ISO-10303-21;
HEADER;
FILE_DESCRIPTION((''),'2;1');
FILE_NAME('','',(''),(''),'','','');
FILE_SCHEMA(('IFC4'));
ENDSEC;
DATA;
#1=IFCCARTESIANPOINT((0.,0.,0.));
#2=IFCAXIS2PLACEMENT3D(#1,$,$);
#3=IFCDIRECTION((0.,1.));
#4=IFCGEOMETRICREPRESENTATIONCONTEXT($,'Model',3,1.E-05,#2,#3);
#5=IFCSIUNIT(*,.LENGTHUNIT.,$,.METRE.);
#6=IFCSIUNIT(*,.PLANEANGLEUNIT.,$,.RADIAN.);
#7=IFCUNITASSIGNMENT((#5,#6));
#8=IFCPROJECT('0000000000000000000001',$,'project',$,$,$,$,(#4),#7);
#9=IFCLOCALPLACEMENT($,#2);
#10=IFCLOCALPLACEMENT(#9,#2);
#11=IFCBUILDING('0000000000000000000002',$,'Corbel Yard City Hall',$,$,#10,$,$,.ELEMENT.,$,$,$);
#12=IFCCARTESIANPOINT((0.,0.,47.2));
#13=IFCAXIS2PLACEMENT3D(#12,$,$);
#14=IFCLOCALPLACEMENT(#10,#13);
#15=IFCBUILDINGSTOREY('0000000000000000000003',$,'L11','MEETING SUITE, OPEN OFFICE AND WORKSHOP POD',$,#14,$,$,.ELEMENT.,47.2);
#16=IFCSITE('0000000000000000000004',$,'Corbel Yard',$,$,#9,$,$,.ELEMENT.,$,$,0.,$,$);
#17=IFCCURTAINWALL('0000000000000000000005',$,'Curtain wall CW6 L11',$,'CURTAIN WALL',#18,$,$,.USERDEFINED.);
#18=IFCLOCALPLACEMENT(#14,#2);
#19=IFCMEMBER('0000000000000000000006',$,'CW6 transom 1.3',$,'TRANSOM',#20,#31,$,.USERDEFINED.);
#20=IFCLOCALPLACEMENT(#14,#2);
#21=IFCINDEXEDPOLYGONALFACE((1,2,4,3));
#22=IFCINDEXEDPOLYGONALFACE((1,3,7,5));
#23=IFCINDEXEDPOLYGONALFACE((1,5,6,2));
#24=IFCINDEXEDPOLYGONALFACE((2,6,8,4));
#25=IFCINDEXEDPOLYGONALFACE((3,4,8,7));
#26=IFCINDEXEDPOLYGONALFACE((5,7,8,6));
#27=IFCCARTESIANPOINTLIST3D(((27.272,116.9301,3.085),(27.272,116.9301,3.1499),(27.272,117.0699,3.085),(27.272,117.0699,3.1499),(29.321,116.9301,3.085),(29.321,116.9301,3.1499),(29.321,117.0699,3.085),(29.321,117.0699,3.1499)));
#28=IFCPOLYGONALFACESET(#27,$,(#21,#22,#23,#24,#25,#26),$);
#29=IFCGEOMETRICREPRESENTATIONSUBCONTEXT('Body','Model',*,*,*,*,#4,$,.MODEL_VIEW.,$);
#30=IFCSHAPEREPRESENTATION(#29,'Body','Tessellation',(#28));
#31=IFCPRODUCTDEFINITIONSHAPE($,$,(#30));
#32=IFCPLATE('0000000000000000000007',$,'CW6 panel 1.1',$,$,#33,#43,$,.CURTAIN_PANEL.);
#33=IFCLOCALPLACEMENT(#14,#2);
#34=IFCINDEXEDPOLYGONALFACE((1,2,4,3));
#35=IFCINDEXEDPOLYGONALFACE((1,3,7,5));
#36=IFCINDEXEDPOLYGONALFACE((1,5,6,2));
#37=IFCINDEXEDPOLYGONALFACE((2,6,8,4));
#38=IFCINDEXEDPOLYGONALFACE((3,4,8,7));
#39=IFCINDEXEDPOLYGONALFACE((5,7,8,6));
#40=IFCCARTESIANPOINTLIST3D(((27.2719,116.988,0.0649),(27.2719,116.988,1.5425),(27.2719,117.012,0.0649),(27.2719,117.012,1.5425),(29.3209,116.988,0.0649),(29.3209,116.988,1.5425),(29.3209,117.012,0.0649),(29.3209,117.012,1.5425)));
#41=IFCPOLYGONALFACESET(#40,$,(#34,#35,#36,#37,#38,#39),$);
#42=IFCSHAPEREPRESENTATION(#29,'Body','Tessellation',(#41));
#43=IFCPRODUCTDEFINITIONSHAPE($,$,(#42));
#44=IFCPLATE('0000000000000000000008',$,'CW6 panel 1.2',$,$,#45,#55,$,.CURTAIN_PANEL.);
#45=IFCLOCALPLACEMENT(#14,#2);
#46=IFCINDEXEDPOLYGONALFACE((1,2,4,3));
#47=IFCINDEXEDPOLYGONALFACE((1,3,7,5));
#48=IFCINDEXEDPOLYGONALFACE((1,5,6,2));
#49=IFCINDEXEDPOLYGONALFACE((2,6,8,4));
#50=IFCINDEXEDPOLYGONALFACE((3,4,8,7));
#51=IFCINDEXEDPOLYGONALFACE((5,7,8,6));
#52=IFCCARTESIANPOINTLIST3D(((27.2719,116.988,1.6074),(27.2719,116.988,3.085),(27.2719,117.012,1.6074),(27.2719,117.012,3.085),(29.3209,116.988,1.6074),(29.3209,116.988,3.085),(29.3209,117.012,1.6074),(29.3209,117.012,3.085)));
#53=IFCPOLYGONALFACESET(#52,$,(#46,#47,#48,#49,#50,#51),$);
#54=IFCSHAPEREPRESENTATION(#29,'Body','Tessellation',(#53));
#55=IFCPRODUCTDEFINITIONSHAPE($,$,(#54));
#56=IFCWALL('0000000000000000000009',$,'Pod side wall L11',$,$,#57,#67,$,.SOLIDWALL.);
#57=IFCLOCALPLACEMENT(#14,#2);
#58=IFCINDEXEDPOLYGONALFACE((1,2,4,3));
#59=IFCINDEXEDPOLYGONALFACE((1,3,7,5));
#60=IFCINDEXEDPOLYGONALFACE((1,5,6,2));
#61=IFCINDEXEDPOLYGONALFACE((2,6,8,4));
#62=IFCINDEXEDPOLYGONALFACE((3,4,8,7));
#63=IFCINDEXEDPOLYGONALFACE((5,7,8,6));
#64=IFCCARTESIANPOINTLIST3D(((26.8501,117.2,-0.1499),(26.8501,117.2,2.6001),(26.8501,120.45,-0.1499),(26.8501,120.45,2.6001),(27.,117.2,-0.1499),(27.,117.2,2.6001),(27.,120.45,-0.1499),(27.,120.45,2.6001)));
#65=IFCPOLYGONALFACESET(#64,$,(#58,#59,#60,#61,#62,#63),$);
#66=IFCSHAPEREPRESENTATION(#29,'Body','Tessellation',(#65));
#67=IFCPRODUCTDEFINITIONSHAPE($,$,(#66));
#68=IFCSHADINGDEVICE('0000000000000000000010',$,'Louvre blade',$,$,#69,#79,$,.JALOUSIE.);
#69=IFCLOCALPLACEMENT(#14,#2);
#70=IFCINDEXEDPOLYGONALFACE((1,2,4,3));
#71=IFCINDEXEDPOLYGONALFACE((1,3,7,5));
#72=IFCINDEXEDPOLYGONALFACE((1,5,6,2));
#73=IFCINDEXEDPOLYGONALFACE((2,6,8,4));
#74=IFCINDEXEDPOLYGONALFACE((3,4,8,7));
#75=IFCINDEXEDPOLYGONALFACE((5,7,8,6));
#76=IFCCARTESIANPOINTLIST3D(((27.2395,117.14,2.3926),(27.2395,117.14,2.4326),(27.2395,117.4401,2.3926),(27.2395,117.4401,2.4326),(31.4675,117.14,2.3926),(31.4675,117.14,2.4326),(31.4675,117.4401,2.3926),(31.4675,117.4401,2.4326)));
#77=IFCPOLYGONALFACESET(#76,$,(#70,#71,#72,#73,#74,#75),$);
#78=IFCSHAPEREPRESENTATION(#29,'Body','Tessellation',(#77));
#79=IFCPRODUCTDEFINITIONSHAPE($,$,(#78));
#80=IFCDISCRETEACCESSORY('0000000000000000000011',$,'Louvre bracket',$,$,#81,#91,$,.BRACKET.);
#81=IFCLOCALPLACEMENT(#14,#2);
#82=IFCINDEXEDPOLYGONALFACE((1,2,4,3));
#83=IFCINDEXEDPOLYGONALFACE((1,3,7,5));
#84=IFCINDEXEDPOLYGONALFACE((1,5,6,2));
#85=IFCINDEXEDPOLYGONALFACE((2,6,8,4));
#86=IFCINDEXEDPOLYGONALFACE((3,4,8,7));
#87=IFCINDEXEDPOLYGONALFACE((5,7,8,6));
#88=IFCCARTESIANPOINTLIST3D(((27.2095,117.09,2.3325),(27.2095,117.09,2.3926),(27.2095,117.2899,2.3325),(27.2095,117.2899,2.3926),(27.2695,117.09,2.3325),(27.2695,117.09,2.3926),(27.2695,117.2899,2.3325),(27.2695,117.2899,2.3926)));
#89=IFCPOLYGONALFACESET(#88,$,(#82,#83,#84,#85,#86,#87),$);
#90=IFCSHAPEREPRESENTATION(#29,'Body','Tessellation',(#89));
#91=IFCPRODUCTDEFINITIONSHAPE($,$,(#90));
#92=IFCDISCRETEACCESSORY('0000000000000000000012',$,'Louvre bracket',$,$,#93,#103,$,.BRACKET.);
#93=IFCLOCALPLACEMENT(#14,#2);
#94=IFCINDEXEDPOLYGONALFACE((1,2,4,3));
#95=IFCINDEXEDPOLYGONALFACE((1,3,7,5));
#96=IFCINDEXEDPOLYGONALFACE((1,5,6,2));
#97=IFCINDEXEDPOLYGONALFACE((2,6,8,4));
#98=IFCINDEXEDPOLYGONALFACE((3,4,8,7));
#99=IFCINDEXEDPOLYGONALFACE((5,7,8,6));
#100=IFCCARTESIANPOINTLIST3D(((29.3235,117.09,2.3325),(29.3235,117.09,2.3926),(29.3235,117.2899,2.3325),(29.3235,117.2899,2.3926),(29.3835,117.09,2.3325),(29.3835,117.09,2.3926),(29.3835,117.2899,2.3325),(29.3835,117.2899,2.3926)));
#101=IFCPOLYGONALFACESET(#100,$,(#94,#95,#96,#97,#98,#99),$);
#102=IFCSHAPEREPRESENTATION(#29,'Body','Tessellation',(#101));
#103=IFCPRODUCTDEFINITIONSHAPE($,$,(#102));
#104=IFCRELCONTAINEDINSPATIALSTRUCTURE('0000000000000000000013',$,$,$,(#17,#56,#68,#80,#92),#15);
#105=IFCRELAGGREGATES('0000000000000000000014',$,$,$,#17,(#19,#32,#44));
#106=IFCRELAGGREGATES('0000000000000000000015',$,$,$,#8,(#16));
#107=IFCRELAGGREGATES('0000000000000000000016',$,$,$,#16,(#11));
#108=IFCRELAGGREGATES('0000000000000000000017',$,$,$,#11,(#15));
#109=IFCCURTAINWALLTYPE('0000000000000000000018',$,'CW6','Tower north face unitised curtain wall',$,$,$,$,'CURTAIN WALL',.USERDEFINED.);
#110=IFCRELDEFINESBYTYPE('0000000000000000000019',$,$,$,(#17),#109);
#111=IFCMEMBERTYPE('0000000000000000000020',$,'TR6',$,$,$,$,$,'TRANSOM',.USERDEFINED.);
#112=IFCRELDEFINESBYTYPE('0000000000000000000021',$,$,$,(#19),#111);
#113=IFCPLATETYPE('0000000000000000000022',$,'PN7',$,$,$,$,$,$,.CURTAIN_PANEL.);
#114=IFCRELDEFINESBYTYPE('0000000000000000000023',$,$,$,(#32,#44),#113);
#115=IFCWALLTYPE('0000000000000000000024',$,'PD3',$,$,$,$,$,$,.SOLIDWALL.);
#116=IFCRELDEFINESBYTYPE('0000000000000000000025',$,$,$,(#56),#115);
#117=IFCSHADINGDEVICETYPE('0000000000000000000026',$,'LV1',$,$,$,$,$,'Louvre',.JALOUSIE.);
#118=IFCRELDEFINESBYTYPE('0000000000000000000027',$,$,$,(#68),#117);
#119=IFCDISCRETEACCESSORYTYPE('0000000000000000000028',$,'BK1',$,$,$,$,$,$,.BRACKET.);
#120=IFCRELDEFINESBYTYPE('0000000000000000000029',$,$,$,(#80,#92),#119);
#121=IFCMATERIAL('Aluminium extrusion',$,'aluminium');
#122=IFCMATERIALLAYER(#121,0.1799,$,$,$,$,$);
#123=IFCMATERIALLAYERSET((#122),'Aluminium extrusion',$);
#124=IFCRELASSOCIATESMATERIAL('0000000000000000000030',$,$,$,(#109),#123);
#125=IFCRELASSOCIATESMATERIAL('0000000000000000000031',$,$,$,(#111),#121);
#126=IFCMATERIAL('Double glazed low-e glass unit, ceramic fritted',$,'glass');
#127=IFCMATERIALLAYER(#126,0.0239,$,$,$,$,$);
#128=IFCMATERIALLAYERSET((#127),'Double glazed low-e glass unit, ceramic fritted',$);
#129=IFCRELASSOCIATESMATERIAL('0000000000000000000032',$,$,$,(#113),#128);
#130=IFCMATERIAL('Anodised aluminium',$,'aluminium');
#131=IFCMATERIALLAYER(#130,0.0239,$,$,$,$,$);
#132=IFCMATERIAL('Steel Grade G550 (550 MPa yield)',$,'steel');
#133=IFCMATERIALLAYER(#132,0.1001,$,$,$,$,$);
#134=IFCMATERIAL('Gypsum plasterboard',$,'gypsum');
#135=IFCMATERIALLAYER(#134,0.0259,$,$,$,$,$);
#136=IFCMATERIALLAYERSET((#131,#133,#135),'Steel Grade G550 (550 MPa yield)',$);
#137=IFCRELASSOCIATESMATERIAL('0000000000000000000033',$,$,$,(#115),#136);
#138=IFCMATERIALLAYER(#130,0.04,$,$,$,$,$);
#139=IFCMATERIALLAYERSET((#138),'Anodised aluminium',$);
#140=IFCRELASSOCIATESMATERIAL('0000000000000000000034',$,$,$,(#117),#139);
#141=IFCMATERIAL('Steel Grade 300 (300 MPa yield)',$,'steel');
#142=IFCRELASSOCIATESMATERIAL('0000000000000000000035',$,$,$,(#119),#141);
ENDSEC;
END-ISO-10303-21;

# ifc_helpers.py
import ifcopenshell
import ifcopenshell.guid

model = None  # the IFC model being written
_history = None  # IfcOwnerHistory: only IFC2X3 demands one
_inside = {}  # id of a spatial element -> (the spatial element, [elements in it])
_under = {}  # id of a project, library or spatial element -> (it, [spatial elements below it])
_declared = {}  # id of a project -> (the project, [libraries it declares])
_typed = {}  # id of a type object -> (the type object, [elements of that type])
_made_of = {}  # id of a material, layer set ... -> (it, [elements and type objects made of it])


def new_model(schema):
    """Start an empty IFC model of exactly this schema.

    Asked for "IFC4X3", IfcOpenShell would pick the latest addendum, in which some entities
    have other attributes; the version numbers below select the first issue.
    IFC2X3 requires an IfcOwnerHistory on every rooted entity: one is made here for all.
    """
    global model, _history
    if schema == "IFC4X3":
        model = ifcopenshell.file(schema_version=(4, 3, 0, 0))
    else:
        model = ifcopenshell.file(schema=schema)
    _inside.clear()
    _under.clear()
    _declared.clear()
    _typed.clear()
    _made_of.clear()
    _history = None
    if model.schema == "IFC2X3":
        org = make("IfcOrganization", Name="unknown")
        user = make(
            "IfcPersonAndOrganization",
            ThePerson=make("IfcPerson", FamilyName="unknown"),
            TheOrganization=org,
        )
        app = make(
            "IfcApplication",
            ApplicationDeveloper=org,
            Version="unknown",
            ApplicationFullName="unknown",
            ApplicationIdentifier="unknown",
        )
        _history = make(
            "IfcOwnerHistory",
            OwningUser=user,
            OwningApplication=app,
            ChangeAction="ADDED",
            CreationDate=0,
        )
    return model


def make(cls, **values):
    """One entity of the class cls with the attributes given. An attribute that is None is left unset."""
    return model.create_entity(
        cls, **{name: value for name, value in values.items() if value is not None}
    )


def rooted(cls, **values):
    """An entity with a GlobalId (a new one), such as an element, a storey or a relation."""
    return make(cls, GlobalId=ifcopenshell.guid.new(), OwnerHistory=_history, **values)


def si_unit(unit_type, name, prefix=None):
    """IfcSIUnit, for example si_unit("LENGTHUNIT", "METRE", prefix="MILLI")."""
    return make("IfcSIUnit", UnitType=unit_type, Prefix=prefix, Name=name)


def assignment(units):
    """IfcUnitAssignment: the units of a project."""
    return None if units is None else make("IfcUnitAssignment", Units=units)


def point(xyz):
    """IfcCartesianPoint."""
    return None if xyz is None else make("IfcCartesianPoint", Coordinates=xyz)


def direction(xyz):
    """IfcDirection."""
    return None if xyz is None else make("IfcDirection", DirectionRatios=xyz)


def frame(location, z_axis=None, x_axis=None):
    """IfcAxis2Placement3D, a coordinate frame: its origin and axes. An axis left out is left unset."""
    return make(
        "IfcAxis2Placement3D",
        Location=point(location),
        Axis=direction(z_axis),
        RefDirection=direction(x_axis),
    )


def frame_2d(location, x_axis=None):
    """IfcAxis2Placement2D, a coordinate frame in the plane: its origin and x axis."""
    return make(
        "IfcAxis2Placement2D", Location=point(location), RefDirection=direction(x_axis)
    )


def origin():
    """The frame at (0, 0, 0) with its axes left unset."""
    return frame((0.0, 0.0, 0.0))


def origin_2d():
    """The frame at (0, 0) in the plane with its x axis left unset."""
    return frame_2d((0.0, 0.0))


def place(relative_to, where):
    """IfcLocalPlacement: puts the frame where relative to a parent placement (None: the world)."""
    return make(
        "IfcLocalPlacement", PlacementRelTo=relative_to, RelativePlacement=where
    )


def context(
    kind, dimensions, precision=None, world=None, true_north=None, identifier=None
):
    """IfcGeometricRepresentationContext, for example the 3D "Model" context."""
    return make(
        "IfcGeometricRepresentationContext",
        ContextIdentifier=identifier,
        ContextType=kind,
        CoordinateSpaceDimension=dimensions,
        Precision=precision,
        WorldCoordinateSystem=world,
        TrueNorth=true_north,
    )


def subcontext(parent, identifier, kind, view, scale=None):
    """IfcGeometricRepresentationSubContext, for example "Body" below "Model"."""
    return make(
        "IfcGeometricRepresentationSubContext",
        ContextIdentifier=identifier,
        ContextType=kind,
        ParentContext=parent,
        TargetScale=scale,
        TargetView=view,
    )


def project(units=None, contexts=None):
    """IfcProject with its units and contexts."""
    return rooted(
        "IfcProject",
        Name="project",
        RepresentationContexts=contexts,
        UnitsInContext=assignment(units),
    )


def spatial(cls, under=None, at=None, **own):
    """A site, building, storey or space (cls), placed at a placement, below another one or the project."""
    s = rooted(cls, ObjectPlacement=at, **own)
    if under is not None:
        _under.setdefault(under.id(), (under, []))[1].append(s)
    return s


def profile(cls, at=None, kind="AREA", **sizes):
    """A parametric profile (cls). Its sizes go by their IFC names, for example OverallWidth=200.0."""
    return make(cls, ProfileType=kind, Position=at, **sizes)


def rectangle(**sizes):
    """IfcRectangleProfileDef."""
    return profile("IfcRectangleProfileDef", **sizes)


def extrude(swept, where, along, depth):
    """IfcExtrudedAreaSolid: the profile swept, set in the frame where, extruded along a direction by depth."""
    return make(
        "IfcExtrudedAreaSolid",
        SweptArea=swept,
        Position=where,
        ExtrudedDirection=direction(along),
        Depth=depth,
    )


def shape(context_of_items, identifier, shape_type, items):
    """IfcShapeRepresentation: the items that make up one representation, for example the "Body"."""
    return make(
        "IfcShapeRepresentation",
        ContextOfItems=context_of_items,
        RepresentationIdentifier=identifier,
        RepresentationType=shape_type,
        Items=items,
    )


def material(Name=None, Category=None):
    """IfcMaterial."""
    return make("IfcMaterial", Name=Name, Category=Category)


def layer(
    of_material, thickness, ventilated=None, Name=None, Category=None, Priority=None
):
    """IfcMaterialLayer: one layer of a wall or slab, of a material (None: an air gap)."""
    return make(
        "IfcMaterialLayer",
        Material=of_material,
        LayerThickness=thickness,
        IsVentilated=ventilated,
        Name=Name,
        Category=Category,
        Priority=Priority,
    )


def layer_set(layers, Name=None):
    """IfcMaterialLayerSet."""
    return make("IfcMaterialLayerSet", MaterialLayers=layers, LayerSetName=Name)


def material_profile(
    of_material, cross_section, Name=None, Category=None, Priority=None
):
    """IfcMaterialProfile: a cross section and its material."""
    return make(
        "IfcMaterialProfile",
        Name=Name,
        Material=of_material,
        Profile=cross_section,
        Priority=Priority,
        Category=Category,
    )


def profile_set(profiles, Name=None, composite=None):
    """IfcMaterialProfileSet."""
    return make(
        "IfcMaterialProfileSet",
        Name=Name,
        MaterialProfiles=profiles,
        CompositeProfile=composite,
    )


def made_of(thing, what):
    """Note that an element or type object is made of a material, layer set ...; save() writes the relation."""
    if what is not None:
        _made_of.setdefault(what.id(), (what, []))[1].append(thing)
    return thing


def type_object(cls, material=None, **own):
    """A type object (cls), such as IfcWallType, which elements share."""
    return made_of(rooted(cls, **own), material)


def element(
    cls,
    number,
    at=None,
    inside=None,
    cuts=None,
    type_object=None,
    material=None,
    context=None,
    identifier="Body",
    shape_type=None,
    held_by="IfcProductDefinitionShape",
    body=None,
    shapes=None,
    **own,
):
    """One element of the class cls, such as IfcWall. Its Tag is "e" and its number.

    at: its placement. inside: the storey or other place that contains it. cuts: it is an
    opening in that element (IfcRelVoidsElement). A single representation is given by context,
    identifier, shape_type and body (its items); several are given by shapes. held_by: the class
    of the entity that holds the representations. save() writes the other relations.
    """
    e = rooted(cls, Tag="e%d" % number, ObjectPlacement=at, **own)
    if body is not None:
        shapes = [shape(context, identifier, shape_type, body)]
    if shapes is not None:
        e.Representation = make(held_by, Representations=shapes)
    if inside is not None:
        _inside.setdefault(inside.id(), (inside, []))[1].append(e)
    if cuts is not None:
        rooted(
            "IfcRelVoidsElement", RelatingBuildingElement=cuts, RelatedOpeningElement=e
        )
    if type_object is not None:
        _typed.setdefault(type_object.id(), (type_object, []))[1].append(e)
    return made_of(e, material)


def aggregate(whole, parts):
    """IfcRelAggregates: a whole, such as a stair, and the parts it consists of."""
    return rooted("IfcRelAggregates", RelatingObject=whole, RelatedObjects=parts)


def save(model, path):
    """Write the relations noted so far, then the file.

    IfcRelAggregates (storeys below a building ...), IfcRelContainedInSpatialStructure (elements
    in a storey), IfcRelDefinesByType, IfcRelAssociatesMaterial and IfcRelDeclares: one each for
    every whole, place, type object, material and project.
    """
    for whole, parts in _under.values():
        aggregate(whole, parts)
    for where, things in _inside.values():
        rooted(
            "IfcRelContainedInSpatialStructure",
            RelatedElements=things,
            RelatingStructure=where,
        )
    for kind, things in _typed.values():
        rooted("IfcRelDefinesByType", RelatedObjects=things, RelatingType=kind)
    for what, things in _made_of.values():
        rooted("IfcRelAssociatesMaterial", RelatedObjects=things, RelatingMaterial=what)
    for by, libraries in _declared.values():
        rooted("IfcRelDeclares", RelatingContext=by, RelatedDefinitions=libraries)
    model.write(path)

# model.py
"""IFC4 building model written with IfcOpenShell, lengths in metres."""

from ifc_helpers import new_model, si_unit, direction, frame, frame_2d, origin, origin_2d, place, context, subcontext, project, spatial, rectangle, extrude, material, layer, layer_set, material_profile, profile_set, type_object, element, aggregate, save


model = new_model("IFC4")

# Units and contexts
model_context = context("Model", 3, precision=1e-05, world=origin(), true_north=direction((0.0, 1.0)))
body_context = subcontext(model_context, "Body", "Model", "MODEL_VIEW")
ifc_project = project(units=[si_unit("LENGTHUNIT", "METRE"), si_unit("PLANEANGLEUNIT", "RADIAN")], contexts=[model_context])

# Site, building, storey
site_placement = place(None, origin())
site = spatial("IfcSite", under=ifc_project, at=site_placement, Name="Corbel Yard", CompositionType="ELEMENT", RefElevation=0.0)
building_placement = place(site_placement, origin())
building = spatial("IfcBuilding", under=site, at=building_placement, Name="Corbel Yard City Hall", CompositionType="ELEMENT")
storey_placement = place(building_placement, frame((0.0, 0.0, 47.2)))
storey = spatial("IfcBuildingStorey", under=building, at=storey_placement, Name="L11", Description="MEETING SUITE, OPEN OFFICE AND WORKSHOP POD", CompositionType="ELEMENT", Elevation=47.2)

# Curtain wall
ifc_material_1 = material(Name="Aluminium extrusion", Category="aluminium")
ifc_layer_1 = layer(ifc_material_1, 0.1799)
ifc_layer_set_1 = layer_set([ifc_layer_1], Name="Aluminium extrusion")
curtain_wall_type = type_object("IfcCurtainWallType", Name="CW6", Description="Tower north face unitised curtain wall", ElementType="CURTAIN WALL", PredefinedType="USERDEFINED", material=ifc_layer_set_1)
curtain_wall_placement = place(storey_placement, origin())
curtain_wall = element("IfcCurtainWall", 1, at=curtain_wall_placement, inside=storey, type_object=curtain_wall_type, Name="Curtain wall CW6 L11", ObjectType="CURTAIN WALL", PredefinedType="USERDEFINED")

# Shared definitions
ifc_material_2 = material(Name="Steel Grade 300 (300 MPa yield)", Category="steel")

# Member
ifc_material_profile_1 = material_profile(ifc_material_1, rectangle(XDim=0.1399, YDim=0.0649, at=origin_2d()), Name="140x65")
ifc_profile_set_1 = profile_set([ifc_material_profile_1], Name="Aluminium extrusion")
member_type_1 = type_object("IfcMemberType", Name="TR6", ElementType="TRANSOM", PredefinedType="USERDEFINED", material=ifc_profile_set_1)
member_1_placement = place(storey_placement, frame((27.272, 117.0, 3.1174), z_axis=(1.0, 0.0, 0.0), x_axis=(0.0, 1.0, 0.0)))
member_1 = element("IfcMember", 2, at=member_1_placement, type_object=member_type_1, Name="CW6 transom 1.3", ObjectType="TRANSOM", PredefinedType="USERDEFINED", context=body_context, shape_type="SweptSolid", body=[
    extrude(rectangle(XDim=0.1399, YDim=0.0649, at=origin_2d()), origin(), (0.0, 0.0, 1.0), 2.0491),
])

# Plates
ifc_material_3 = material(Name="Double glazed low-e glass unit, ceramic fritted", Category="glass")
ifc_layer_2 = layer(ifc_material_3, 0.0239)
ifc_layer_set_2 = layer_set([ifc_layer_2], Name="Double glazed low-e glass unit, ceramic fritted")
plate_type = type_object("IfcPlateType", Name="PN7", PredefinedType="CURTAIN_PANEL", material=ifc_layer_set_2)
plate_1_placement = place(storey_placement, frame((28.2964, 117.0, 0.0649), z_axis=(0.0, 0.0, 1.0), x_axis=(1.0, 0.0, 0.0)))
plate_1 = element("IfcPlate", 3, at=plate_1_placement, type_object=plate_type, Name="CW6 panel 1.1", PredefinedType="CURTAIN_PANEL", context=body_context, shape_type="SweptSolid", body=[
    extrude(rectangle(XDim=2.0491, YDim=0.0239, at=origin_2d()), origin(), (0.0, 0.0, 1.0), 1.4775),
])
plate_2_placement = place(storey_placement, frame((28.2964, 117.0, 1.6074), z_axis=(0.0, 0.0, 1.0), x_axis=(1.0, 0.0, 0.0)))
plate_2 = element("IfcPlate", 4, at=plate_2_placement, type_object=plate_type, Name="CW6 panel 1.2", PredefinedType="CURTAIN_PANEL", context=body_context, shape_type="SweptSolid", body=[
    extrude(rectangle(XDim=2.0491, YDim=0.0239, at=origin_2d()), origin(), (0.0, 0.0, 1.0), 1.4775),
])
aggregate(curtain_wall, [member_1, plate_1, plate_2])

# Wall
ifc_material_4 = material(Name="Anodised aluminium", Category="aluminium")
ifc_layer_3 = layer(ifc_material_4, 0.0239)
ifc_material_5 = material(Name="Steel Grade G550 (550 MPa yield)", Category="steel")
ifc_layer_4 = layer(ifc_material_5, 0.1001)
ifc_material_6 = material(Name="Gypsum plasterboard", Category="gypsum")
ifc_layer_5 = layer(ifc_material_6, 0.0259)
ifc_layer_set_3 = layer_set([ifc_layer_3, ifc_layer_4, ifc_layer_5], Name="Steel Grade G550 (550 MPa yield)")
wall_type = type_object("IfcWallType", Name="PD3", PredefinedType="SOLIDWALL", material=ifc_layer_set_3)
wall_placement = place(storey_placement, frame((26.925, 120.45, -0.1499), z_axis=(0.0, 0.0, 1.0), x_axis=(0.0, -1.0, 0.0)))
element("IfcWall", 5, at=wall_placement, inside=storey, type_object=wall_type, Name="Pod side wall L11", PredefinedType="SOLIDWALL", context=body_context, shape_type="SweptSolid", body=[
    extrude(rectangle(XDim=3.25, YDim=0.1499, at=frame_2d((1.625, 0.0))), origin(), (0.0, 0.0, 1.0), 2.75),
])

# Shading device
ifc_layer_6 = layer(ifc_material_4, 0.04)
ifc_layer_set_4 = layer_set([ifc_layer_6], Name="Anodised aluminium")
shading_device_type = type_object("IfcShadingDeviceType", Name="LV1", ElementType="Louvre", PredefinedType="JALOUSIE", material=ifc_layer_set_4)
shading_device_placement = place(storey_placement, frame((29.3535, 117.29, 2.3926), z_axis=(0.0, 0.0, 1.0), x_axis=(1.0, 0.0, 0.0)))
element("IfcShadingDevice", 6, at=shading_device_placement, inside=storey, type_object=shading_device_type, Name="Louvre blade", PredefinedType="JALOUSIE", context=body_context, shape_type="SweptSolid", body=[
    extrude(rectangle(XDim=4.228, YDim=0.3, at=origin_2d()), origin(), (0.0, 0.0, 1.0), 0.04),
])

# Discrete accessories
discrete_accessory_type = type_object("IfcDiscreteAccessoryType", Name="BK1", PredefinedType="BRACKET", material=ifc_material_2)
for number, where, z_axis, x_axis, name in (
    (7, (27.2395, 117.1899, 2.3325), (0.0, 0.0, 1.0), (1.0, 0.0, 0.0), "Louvre bracket"),
    (8, (29.3535, 117.1899, 2.3325), (0.0, 0.0, 1.0), (1.0, 0.0, 0.0), "Louvre bracket"),
):
    element("IfcDiscreteAccessory", number, at=place(storey_placement, frame(where, z_axis=z_axis, x_axis=x_axis)), inside=storey, type_object=discrete_accessory_type, Name=name, PredefinedType="BRACKET", context=body_context, shape_type="SweptSolid", body=[
        extrude(rectangle(XDim=0.0601, YDim=0.2, at=origin_2d()), origin(), (0.0, 0.0, 1.0), 0.0601),
    ])

save(model, "model.ifc")
